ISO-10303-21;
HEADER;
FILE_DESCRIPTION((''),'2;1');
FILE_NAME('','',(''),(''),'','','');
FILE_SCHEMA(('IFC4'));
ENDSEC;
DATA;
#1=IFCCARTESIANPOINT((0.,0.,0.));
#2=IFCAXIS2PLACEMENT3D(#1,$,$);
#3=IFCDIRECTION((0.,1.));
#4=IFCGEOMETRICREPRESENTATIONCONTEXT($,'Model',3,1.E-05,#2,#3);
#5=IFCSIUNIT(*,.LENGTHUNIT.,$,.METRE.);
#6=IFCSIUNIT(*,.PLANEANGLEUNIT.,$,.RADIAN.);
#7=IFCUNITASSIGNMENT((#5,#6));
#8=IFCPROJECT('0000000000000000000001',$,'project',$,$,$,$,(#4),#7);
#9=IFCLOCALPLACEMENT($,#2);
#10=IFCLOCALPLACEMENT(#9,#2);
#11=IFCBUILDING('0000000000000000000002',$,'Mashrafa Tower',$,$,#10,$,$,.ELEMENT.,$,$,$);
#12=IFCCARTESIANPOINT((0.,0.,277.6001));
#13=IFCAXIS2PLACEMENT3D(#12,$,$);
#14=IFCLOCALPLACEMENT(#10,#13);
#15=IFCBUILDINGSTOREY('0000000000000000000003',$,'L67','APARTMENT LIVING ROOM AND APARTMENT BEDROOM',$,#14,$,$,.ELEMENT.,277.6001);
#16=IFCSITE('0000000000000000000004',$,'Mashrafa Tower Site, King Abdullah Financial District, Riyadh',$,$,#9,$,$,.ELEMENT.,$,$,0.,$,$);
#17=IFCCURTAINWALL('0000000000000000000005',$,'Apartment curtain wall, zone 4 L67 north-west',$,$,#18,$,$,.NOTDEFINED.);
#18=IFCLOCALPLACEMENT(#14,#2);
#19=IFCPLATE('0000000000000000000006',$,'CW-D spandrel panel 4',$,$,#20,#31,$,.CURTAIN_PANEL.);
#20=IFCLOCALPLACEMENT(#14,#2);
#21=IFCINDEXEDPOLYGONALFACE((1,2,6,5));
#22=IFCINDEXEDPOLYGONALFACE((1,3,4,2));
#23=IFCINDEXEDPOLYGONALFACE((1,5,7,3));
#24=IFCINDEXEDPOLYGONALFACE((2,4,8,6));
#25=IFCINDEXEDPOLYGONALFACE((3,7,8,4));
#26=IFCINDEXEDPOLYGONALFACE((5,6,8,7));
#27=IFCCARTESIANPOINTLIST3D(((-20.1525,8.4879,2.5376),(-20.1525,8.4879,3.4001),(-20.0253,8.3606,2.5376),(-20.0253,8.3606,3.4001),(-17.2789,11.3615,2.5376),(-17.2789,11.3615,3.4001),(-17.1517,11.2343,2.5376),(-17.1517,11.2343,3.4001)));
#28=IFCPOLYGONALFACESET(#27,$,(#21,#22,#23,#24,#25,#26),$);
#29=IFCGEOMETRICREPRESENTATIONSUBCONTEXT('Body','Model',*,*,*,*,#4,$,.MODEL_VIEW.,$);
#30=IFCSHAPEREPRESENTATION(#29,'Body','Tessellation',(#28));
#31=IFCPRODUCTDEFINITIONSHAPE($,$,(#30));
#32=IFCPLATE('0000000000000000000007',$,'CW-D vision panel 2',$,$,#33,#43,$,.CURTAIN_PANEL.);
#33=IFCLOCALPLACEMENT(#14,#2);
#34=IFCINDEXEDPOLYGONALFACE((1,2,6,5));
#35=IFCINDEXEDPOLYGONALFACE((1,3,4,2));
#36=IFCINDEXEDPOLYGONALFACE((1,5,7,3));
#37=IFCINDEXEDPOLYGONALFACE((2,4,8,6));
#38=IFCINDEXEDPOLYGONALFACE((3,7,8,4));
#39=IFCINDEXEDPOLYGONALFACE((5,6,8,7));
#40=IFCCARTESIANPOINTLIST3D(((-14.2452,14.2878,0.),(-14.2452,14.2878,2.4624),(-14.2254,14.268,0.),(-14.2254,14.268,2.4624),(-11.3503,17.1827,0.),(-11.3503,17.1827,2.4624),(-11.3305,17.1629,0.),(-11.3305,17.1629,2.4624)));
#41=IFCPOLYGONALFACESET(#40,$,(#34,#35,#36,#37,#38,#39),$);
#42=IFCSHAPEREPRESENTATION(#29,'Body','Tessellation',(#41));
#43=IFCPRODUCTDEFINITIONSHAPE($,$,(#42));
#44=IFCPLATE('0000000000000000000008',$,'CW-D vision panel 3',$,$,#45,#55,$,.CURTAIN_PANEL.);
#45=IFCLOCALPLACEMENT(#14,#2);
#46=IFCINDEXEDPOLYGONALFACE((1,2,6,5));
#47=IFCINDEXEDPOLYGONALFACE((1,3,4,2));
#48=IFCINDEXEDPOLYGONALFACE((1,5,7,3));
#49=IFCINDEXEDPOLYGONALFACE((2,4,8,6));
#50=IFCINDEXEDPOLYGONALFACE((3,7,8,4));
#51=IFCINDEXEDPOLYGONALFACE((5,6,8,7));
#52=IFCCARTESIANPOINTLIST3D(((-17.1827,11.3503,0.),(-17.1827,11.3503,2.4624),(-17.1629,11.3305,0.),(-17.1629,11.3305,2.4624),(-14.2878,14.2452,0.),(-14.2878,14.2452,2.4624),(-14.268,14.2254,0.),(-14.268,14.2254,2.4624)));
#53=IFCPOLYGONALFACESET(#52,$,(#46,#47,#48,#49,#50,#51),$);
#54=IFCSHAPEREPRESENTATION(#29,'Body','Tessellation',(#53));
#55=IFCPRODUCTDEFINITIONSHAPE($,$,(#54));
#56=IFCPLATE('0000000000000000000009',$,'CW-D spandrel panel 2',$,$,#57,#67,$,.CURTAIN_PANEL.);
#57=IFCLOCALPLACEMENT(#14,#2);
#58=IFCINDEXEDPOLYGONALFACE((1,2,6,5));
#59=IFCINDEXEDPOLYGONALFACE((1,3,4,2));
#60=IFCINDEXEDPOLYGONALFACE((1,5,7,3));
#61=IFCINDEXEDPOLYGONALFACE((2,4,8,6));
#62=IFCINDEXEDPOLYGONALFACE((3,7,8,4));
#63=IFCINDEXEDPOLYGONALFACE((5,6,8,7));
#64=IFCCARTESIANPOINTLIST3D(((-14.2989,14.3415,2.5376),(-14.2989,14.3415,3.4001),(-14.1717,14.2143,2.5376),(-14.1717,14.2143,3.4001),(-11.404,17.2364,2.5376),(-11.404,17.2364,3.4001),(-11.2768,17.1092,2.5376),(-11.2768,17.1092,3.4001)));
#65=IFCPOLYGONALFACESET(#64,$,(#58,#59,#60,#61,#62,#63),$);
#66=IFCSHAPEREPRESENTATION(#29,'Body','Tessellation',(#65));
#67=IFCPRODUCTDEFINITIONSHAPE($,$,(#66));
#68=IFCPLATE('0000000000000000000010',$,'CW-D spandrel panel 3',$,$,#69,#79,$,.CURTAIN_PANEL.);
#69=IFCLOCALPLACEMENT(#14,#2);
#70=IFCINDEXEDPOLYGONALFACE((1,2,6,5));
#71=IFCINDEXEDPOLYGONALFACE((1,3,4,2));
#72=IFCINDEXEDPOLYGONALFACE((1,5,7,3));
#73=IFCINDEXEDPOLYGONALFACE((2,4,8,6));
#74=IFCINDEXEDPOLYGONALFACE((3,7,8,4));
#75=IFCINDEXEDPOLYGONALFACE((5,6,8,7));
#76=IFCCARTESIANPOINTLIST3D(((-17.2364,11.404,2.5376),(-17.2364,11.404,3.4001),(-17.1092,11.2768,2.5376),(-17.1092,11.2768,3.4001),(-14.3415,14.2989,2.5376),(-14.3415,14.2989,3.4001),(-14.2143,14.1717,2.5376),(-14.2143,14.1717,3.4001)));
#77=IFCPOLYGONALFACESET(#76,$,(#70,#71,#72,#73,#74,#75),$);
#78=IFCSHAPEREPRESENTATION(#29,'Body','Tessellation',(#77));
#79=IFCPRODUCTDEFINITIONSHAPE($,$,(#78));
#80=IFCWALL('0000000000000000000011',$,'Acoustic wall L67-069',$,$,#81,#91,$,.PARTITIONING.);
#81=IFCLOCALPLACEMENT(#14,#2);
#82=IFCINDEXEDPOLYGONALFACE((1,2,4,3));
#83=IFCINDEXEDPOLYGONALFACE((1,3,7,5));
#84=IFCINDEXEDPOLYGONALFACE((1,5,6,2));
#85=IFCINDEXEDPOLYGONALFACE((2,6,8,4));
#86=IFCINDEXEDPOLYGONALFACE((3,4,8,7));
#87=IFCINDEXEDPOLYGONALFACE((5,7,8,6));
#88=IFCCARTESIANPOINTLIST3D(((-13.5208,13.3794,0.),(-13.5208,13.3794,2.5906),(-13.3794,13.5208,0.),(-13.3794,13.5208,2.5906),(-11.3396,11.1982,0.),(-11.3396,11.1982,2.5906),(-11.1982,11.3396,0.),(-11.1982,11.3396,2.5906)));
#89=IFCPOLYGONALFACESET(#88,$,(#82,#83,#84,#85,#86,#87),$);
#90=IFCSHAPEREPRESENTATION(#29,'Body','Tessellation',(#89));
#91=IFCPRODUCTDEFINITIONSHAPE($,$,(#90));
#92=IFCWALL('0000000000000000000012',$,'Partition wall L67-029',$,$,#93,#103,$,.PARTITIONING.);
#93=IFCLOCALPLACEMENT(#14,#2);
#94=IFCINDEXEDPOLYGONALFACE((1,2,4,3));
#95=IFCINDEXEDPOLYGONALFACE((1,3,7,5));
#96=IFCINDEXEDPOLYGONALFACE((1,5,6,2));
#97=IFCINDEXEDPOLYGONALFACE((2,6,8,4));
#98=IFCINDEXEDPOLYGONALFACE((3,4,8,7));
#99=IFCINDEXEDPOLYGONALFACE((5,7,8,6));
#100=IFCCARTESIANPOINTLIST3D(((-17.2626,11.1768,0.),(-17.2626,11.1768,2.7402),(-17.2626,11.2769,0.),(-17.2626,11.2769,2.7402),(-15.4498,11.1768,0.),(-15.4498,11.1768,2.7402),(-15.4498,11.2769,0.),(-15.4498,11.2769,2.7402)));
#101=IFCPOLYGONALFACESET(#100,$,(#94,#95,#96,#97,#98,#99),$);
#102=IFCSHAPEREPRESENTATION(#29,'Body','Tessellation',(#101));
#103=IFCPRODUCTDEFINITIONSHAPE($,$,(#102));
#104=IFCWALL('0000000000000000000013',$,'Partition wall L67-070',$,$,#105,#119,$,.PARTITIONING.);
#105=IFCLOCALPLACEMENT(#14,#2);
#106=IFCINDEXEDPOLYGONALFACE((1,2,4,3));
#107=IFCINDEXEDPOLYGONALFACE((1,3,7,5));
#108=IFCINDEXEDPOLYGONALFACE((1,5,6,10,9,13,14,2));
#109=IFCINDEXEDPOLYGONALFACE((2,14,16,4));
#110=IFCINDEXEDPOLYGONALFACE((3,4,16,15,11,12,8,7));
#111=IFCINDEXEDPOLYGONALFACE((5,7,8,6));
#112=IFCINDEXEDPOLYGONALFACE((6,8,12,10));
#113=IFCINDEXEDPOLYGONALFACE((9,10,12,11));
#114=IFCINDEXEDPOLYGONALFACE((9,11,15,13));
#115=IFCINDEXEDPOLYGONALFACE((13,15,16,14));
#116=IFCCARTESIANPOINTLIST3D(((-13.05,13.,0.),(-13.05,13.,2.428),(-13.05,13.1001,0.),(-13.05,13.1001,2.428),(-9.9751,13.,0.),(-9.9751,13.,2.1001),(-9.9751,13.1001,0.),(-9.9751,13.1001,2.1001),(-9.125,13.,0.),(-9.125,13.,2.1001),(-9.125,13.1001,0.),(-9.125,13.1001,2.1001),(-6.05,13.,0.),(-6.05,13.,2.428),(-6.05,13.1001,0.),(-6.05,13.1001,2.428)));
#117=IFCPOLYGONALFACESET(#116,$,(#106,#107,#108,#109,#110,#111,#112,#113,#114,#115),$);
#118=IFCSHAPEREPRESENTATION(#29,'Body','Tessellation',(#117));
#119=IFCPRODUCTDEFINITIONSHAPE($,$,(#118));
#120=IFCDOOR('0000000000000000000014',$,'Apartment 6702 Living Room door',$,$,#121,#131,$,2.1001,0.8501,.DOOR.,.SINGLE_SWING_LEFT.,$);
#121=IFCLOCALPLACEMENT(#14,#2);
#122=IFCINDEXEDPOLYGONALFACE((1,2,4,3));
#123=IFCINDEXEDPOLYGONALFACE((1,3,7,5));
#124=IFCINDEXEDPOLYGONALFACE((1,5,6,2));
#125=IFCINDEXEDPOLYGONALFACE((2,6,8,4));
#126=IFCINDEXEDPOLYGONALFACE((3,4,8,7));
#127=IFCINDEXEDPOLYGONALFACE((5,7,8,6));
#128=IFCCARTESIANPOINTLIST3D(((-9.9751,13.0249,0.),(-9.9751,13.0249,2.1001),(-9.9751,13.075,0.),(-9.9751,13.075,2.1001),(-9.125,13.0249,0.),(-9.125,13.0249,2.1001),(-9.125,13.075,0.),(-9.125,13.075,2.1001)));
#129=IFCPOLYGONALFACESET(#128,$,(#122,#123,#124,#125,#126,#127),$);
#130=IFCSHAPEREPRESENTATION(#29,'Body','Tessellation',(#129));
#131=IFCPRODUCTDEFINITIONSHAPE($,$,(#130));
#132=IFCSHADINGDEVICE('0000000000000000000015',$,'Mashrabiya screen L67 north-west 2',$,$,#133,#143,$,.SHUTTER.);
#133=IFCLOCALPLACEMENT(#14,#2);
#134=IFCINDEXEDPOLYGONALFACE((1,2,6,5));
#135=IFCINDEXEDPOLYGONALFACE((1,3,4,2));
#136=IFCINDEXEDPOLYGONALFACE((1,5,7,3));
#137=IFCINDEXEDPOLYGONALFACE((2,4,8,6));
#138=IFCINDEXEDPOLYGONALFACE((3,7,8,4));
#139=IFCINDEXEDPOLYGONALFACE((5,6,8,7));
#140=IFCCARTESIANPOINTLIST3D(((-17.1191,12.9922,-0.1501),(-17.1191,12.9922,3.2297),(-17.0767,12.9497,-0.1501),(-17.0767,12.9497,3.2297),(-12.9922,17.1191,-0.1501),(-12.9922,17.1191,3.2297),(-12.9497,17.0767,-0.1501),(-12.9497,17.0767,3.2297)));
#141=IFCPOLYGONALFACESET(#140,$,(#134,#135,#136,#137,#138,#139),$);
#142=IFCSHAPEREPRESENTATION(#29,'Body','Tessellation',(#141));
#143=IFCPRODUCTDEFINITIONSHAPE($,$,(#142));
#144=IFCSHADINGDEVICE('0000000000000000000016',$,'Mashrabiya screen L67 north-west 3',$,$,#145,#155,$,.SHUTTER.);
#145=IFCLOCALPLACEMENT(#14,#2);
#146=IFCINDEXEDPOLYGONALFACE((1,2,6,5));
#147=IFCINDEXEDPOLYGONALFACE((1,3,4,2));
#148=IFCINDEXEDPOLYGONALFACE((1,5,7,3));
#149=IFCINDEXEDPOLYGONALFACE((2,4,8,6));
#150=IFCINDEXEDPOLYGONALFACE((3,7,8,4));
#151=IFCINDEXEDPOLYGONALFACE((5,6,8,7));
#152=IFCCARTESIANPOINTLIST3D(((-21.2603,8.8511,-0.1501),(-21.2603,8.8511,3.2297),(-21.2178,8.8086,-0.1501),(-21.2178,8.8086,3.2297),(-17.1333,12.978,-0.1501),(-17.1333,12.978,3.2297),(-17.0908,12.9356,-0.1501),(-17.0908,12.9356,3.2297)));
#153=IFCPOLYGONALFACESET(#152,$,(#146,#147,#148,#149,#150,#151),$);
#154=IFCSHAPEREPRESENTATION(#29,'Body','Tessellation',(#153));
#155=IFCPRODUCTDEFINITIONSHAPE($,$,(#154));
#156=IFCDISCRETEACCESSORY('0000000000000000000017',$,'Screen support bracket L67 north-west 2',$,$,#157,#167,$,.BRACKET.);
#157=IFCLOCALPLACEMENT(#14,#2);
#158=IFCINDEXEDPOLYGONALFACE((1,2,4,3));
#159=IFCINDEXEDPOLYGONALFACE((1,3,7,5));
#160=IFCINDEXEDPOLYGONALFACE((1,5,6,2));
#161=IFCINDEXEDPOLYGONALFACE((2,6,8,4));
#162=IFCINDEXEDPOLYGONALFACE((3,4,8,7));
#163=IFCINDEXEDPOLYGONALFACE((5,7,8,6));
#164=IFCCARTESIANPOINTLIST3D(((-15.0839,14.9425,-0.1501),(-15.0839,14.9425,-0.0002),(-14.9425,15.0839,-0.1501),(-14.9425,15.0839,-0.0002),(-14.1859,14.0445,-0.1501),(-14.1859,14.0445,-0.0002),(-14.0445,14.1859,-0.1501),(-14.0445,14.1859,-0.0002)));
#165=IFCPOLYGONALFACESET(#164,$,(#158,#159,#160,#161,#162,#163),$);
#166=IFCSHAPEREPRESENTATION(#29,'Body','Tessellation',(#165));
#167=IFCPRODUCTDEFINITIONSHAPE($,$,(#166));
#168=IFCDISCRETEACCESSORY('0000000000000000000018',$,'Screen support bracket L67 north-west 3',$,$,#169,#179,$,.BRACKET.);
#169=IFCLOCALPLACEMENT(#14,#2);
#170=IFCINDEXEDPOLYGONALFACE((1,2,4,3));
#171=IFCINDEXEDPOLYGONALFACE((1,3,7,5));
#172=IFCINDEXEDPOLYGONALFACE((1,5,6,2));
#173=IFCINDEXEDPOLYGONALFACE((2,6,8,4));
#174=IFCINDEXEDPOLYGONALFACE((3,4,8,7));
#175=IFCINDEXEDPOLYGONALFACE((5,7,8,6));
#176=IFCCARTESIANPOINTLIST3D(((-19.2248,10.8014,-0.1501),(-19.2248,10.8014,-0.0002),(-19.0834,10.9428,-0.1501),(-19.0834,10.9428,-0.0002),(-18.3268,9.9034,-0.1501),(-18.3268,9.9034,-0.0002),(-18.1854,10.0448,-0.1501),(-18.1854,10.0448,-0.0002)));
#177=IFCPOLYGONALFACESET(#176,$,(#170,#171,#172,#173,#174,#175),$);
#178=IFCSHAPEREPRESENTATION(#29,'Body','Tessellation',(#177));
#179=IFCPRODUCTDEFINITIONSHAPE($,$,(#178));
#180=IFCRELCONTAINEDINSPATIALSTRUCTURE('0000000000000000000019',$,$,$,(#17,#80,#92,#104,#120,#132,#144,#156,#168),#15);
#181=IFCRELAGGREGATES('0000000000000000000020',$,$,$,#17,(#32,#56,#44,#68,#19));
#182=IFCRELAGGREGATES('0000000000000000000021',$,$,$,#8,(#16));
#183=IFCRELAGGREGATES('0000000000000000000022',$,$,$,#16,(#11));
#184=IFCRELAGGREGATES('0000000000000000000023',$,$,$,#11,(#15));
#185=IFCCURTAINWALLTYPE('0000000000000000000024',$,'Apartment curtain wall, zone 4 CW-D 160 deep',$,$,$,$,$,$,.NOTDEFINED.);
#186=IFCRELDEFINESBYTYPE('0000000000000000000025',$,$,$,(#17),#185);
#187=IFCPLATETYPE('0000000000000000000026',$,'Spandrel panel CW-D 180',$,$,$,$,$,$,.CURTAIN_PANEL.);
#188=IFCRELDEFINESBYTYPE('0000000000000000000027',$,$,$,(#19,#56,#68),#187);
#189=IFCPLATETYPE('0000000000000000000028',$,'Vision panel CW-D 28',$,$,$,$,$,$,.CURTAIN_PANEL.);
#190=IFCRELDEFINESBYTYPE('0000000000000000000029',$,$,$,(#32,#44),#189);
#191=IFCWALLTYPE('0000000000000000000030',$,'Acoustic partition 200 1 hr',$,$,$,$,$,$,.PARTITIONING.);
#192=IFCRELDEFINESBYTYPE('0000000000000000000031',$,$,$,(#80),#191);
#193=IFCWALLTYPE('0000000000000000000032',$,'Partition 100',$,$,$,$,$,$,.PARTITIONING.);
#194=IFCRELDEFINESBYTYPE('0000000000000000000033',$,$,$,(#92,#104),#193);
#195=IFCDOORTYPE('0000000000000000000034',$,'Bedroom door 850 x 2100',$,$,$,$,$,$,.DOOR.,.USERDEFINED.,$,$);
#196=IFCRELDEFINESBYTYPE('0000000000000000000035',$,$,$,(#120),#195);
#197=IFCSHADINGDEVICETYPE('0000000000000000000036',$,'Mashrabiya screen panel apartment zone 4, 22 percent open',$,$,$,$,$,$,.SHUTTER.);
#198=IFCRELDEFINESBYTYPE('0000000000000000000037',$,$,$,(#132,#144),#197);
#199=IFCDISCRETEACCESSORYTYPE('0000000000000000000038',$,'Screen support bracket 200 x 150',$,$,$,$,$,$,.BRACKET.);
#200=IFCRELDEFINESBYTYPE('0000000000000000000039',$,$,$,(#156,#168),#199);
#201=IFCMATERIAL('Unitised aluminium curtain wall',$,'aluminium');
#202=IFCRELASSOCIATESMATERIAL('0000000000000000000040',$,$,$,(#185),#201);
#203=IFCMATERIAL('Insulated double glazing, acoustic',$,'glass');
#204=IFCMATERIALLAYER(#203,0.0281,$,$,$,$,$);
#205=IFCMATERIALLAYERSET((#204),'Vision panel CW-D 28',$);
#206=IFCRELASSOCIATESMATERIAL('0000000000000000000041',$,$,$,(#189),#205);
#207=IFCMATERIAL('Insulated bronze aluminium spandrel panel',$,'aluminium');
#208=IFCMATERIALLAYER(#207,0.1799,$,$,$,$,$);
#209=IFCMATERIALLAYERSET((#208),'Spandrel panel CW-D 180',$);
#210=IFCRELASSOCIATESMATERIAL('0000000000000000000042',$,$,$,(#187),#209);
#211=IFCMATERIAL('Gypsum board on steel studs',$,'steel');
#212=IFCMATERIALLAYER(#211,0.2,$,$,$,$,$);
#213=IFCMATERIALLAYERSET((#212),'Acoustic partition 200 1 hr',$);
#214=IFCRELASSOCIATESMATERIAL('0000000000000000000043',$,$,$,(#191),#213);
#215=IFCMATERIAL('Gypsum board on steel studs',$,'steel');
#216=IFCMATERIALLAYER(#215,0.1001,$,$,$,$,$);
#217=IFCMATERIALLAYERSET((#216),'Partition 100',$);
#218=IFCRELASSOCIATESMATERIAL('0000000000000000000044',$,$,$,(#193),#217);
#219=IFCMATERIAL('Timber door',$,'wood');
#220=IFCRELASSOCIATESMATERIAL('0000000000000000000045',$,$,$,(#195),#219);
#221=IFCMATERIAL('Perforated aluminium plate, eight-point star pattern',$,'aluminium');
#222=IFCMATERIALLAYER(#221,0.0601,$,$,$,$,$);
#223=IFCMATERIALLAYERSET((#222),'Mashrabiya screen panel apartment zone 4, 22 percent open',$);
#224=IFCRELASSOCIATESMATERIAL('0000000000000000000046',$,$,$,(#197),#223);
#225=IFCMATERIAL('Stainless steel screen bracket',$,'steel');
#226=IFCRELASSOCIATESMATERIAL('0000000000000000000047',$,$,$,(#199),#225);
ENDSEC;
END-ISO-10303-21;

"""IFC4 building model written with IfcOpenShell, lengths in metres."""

from ifc_helpers import new_model, si_unit, direction, frame, frame_2d, origin, origin_2d, place, context, subcontext, project, spatial, rectangle, extrude, source, transform, mapped, material, layer, layer_set, type_object, type_shapes, element, fill, aggregate, save


model = new_model("IFC4")

# Units and contexts
model_context = context("Model", 3, precision=1e-05, world=origin(), true_north=direction((0.0, 1.0)))
body_context = subcontext(model_context, "Body", "Model", "MODEL_VIEW")
ifc_project = project(units=[si_unit("LENGTHUNIT", "METRE"), si_unit("PLANEANGLEUNIT", "RADIAN")], contexts=[model_context])

# Site, building, storey
site_placement = place(None, origin())
site = spatial("IfcSite", under=ifc_project, at=site_placement, Name="Mashrafa Tower Site, King Abdullah Financial District, Riyadh", CompositionType="ELEMENT", RefElevation=0.0)
building_placement = place(site_placement, origin())
building = spatial("IfcBuilding", under=site, at=building_placement, Name="Mashrafa Tower", CompositionType="ELEMENT")
storey_placement = place(building_placement, frame((0.0, 0.0, 277.6001)))
storey = spatial("IfcBuildingStorey", under=building, at=storey_placement, Name="L67", Description="APARTMENT LIVING ROOM AND APARTMENT BEDROOM", CompositionType="ELEMENT", Elevation=277.6001)

# Curtain wall
ifc_material_1 = material(Name="Unitised aluminium curtain wall", Category="aluminium")
curtain_wall_type = type_object("IfcCurtainWallType", Name="Apartment curtain wall, zone 4 CW-D 160 deep", PredefinedType="NOTDEFINED", material=ifc_material_1)
curtain_wall_1_placement = place(storey_placement, origin())
curtain_wall_1 = element("IfcCurtainWall", 1, at=curtain_wall_1_placement, inside=storey, type_object=curtain_wall_type, Name="Apartment curtain wall, zone 4 L67 north-west", PredefinedType="NOTDEFINED")

# Plates
ifc_material_2 = material(Name="Insulated double glazing, acoustic", Category="glass")
ifc_layer_1 = layer(ifc_material_2, 0.0281)
ifc_layer_set_1 = layer_set([ifc_layer_1], Name="Vision panel CW-D 28")
plate_type_1 = type_object("IfcPlateType", Name="Vision panel CW-D 28", PredefinedType="CURTAIN_PANEL", material=ifc_layer_set_1)
ifc_material_3 = material(Name="Insulated bronze aluminium spandrel panel", Category="aluminium")
ifc_layer_2 = layer(ifc_material_3, 0.1799)
ifc_layer_set_2 = layer_set([ifc_layer_2], Name="Spandrel panel CW-D 180")
plate_type_2 = type_object("IfcPlateType", Name="Spandrel panel CW-D 180", PredefinedType="CURTAIN_PANEL", material=ifc_layer_set_2)
shared_shape_1 = source(origin(), body_context, "Body", "SweptSolid", [
    extrude(rectangle(XDim=4.064, YDim=0.1799, at=origin_2d()), origin(), (0.0, 0.0, 1.0), 0.8625),
])
plate_1_placement = place(storey_placement, frame((-18.6521, 9.8611, 2.5376), z_axis=(0.0, 0.0, 1.0), x_axis=(-0.707107, -0.707107, 0.0)))
plate_1 = element("IfcPlate", 2, at=plate_1_placement, type_object=plate_type_2, Name="CW-D spandrel panel 4", PredefinedType="CURTAIN_PANEL", context=body_context, shape_type="MappedRepresentation", body=[
    mapped(shared_shape_1, transform((0.0, 0.0, 0.0))),
])
shared_shape_2 = source(origin(), body_context, "Body", "SweptSolid", [
    extrude(rectangle(XDim=4.094, YDim=0.0281, at=origin_2d()), origin(), (0.0, 0.0, 1.0), 2.4624),
])
plate_2_placement = place(storey_placement, frame((-12.7878, 15.7253, 0.0), z_axis=(0.0, 0.0, 1.0), x_axis=(-0.707107, -0.707107, 0.0)))
plate_2 = element("IfcPlate", 3, at=plate_2_placement, type_object=plate_type_1, Name="CW-D vision panel 2", PredefinedType="CURTAIN_PANEL", context=body_context, shape_type="MappedRepresentation", body=[
    mapped(shared_shape_2, transform((0.0, 0.0, 0.0))),
])
plate_3_placement = place(storey_placement, frame((-15.7253, 12.7878, 0.0), z_axis=(0.0, 0.0, 1.0), x_axis=(-0.707107, -0.707107, 0.0)))
plate_3 = element("IfcPlate", 4, at=plate_3_placement, type_object=plate_type_1, Name="CW-D vision panel 3", PredefinedType="CURTAIN_PANEL", context=body_context, shape_type="MappedRepresentation", body=[
    mapped(shared_shape_2, transform((0.0, 0.0, 0.0))),
])
shared_shape_3 = source(origin(), body_context, "Body", "SweptSolid", [
    extrude(rectangle(XDim=4.094, YDim=0.1799, at=origin_2d()), origin(), (0.0, 0.0, 1.0), 0.8625),
])
type_shapes(plate_type_2, [shared_shape_1, shared_shape_3])
plate_4_placement = place(storey_placement, frame((-12.7878, 15.7253, 2.5376), z_axis=(0.0, 0.0, 1.0), x_axis=(-0.707107, -0.707107, 0.0)))
plate_4 = element("IfcPlate", 5, at=plate_4_placement, type_object=plate_type_2, Name="CW-D spandrel panel 2", PredefinedType="CURTAIN_PANEL", context=body_context, shape_type="MappedRepresentation", body=[
    mapped(shared_shape_3, transform((0.0, 0.0, 0.0))),
])
plate_5_placement = place(storey_placement, frame((-15.7253, 12.7878, 2.5376), z_axis=(0.0, 0.0, 1.0), x_axis=(-0.707107, -0.707107, 0.0)))
plate_5 = element("IfcPlate", 6, at=plate_5_placement, type_object=plate_type_2, Name="CW-D spandrel panel 3", PredefinedType="CURTAIN_PANEL", context=body_context, shape_type="MappedRepresentation", body=[
    mapped(shared_shape_3, transform((0.0, 0.0, 0.0))),
])
aggregate(curtain_wall_1, [plate_2, plate_4, plate_3, plate_5, plate_1])

# Walls
ifc_material_4 = material(Name="Gypsum board on steel studs", Category="steel")
ifc_layer_3 = layer(ifc_material_4, 0.2)
ifc_layer_set_3 = layer_set([ifc_layer_3], Name="Acoustic partition 200 1 hr")
wall_type_1 = type_object("IfcWallType", Name="Acoustic partition 200 1 hr", PredefinedType="PARTITIONING", material=ifc_layer_set_3)
wall_1_placement = place(storey_placement, frame((-13.4502, 13.4502, 0.0), z_axis=(0.0, 0.0, 1.0), x_axis=(0.707107, -0.707107, 0.0)))
element("IfcWall", 7, at=wall_1_placement, inside=storey, type_object=wall_type_1, Name="Acoustic wall L67-069", PredefinedType="PARTITIONING", context=body_context, shape_type="SweptSolid", body=[
    extrude(rectangle(XDim=3.0847, YDim=0.2, at=frame_2d((1.5425, 0.0))), origin(), (0.0, 0.0, 1.0), 2.5906),
])
ifc_material_5 = material(Name="Gypsum board on steel studs", Category="steel")
ifc_layer_4 = layer(ifc_material_5, 0.1001)
ifc_layer_set_4 = layer_set([ifc_layer_4], Name="Partition 100")
wall_type_2 = type_object("IfcWallType", Name="Partition 100", PredefinedType="PARTITIONING", material=ifc_layer_set_4)
wall_2_placement = place(storey_placement, frame((-15.45, 11.2268, 0.0), z_axis=(0.0, 0.0, 1.0), x_axis=(-1.0, 0.0, 0.0)))
element("IfcWall", 8, at=wall_2_placement, inside=storey, type_object=wall_type_2, Name="Partition wall L67-029", PredefinedType="PARTITIONING", context=body_context, shape_type="SweptSolid", body=[
    extrude(rectangle(XDim=1.8127, YDim=0.1001, at=frame_2d((0.9062, 0.0))), origin(), (0.0, 0.0, 1.0), 2.7402),
])

# Wall, opening, door
wall_3_placement = place(storey_placement, frame((-13.05, 13.05, 0.0), z_axis=(0.0, 0.0, 1.0), x_axis=(1.0, 0.0, 0.0)))
wall_3 = element("IfcWall", 9, at=wall_3_placement, inside=storey, type_object=wall_type_2, Name="Partition wall L67-070", PredefinedType="PARTITIONING", context=body_context, shape_type="SweptSolid", body=[
    extrude(rectangle(XDim=7.0, YDim=0.1001, at=frame_2d((3.5, 0.0))), origin(), (0.0, 0.0, 1.0), 2.428),
])
opening_placement = place(wall_3_placement, frame((3.075, 0.0, 0.0)))
opening = element("IfcOpeningElement", 10, at=opening_placement, cuts=wall_3, PredefinedType="OPENING", context=body_context, shape_type="SweptSolid", body=[
    extrude(rectangle(XDim=0.8501, YDim=2.1001, at=frame_2d((0.425, 1.05))), frame((0.0, 0.0601, 0.0), z_axis=(0.0, -1.0, 0.0), x_axis=(1.0, 0.0, 0.0)), (0.0, 0.0, 1.0), 0.1201),
])
ifc_material_6 = material(Name="Timber door", Category="wood")
door_type = type_object("IfcDoorType", Name="Bedroom door 850 x 2100", OperationType="USERDEFINED", PredefinedType="DOOR", material=ifc_material_6)
door_placement = place(opening_placement, origin())
door = element("IfcDoor", 11, at=door_placement, inside=storey, type_object=door_type, Name="Apartment 6702 Living Room door", OperationType="SINGLE_SWING_LEFT", OverallHeight=2.1001, OverallWidth=0.8501, PredefinedType="DOOR", context=body_context, shape_type="SweptSolid", body=[
    extrude(rectangle(XDim=0.8501, YDim=2.1001, at=frame_2d((0.425, 1.05))), frame((0.0, 0.0249, 0.0), z_axis=(0.0, -1.0, 0.0), x_axis=(1.0, 0.0, 0.0)), (0.0, 0.0, 1.0), 0.05),
])
fill(opening, door)

# Shading devices
ifc_material_7 = material(Name="Perforated aluminium plate, eight-point star pattern", Category="aluminium")
ifc_layer_5 = layer(ifc_material_7, 0.0601)
ifc_layer_set_5 = layer_set([ifc_layer_5], Name="Mashrabiya screen panel apartment zone 4, 22 percent open")
shading_device_type = type_object("IfcShadingDeviceType", Name="Mashrabiya screen panel apartment zone 4, 22 percent open", PredefinedType="SHUTTER", material=ifc_layer_set_5)
shared_shape_4 = source(origin(), body_context, "Body", "SweptSolid", [
    extrude(rectangle(XDim=5.8364, YDim=0.0601, at=origin_2d()), origin(), (0.0, 0.0, 1.0), 3.3799),
])
type_shapes(shading_device_type, [shared_shape_4])
for number, where, z_axis, x_axis, name in (
    (12, (-15.0344, 15.0344, -0.1501), (0.0, 0.0, 1.0), (-0.707107, -0.707107, 0.0), "Mashrabiya screen L67 north-west 2"),
    (13, (-19.1755, 10.8933, -0.1501), (0.0, 0.0, 1.0), (-0.707107, -0.707107, 0.0), "Mashrabiya screen L67 north-west 3"),
):
    element("IfcShadingDevice", number, at=place(storey_placement, frame(where, z_axis=z_axis, x_axis=x_axis)), inside=storey, type_object=shading_device_type, Name=name, PredefinedType="SHUTTER", context=body_context, shape_type="MappedRepresentation", body=[
        mapped(shared_shape_4, transform((0.0, 0.0, 0.0))),
    ])

# Discrete accessories
ifc_material_8 = material(Name="Stainless steel screen bracket", Category="steel")
discrete_accessory_type = type_object("IfcDiscreteAccessoryType", Name="Screen support bracket 200 x 150", PredefinedType="BRACKET", material=ifc_material_8)
shared_shape_5 = source(origin(), body_context, "Body", "SweptSolid", [
    extrude(rectangle(XDim=0.2, YDim=1.27, at=origin_2d()), origin(), (0.0, 0.0, 1.0), 0.1499),
])
type_shapes(discrete_accessory_type, [shared_shape_5])
for number, where, z_axis, x_axis, name in (
    (14, (-14.5642, 14.5642, -0.1501), (0.0, 0.0, 1.0), (-0.707107, -0.707107, 0.0), "Screen support bracket L67 north-west 2"),
    (15, (-18.7051, 10.4231, -0.1501), (0.0, 0.0, 1.0), (-0.707107, -0.707107, 0.0), "Screen support bracket L67 north-west 3"),
):
    element("IfcDiscreteAccessory", number, at=place(storey_placement, frame(where, z_axis=z_axis, x_axis=x_axis)), inside=storey, type_object=discrete_accessory_type, Name=name, PredefinedType="BRACKET", context=body_context, shape_type="MappedRepresentation", body=[
        mapped(shared_shape_5, transform((0.0, 0.0, 0.0))),
    ])

save(model, "model.ifc")
